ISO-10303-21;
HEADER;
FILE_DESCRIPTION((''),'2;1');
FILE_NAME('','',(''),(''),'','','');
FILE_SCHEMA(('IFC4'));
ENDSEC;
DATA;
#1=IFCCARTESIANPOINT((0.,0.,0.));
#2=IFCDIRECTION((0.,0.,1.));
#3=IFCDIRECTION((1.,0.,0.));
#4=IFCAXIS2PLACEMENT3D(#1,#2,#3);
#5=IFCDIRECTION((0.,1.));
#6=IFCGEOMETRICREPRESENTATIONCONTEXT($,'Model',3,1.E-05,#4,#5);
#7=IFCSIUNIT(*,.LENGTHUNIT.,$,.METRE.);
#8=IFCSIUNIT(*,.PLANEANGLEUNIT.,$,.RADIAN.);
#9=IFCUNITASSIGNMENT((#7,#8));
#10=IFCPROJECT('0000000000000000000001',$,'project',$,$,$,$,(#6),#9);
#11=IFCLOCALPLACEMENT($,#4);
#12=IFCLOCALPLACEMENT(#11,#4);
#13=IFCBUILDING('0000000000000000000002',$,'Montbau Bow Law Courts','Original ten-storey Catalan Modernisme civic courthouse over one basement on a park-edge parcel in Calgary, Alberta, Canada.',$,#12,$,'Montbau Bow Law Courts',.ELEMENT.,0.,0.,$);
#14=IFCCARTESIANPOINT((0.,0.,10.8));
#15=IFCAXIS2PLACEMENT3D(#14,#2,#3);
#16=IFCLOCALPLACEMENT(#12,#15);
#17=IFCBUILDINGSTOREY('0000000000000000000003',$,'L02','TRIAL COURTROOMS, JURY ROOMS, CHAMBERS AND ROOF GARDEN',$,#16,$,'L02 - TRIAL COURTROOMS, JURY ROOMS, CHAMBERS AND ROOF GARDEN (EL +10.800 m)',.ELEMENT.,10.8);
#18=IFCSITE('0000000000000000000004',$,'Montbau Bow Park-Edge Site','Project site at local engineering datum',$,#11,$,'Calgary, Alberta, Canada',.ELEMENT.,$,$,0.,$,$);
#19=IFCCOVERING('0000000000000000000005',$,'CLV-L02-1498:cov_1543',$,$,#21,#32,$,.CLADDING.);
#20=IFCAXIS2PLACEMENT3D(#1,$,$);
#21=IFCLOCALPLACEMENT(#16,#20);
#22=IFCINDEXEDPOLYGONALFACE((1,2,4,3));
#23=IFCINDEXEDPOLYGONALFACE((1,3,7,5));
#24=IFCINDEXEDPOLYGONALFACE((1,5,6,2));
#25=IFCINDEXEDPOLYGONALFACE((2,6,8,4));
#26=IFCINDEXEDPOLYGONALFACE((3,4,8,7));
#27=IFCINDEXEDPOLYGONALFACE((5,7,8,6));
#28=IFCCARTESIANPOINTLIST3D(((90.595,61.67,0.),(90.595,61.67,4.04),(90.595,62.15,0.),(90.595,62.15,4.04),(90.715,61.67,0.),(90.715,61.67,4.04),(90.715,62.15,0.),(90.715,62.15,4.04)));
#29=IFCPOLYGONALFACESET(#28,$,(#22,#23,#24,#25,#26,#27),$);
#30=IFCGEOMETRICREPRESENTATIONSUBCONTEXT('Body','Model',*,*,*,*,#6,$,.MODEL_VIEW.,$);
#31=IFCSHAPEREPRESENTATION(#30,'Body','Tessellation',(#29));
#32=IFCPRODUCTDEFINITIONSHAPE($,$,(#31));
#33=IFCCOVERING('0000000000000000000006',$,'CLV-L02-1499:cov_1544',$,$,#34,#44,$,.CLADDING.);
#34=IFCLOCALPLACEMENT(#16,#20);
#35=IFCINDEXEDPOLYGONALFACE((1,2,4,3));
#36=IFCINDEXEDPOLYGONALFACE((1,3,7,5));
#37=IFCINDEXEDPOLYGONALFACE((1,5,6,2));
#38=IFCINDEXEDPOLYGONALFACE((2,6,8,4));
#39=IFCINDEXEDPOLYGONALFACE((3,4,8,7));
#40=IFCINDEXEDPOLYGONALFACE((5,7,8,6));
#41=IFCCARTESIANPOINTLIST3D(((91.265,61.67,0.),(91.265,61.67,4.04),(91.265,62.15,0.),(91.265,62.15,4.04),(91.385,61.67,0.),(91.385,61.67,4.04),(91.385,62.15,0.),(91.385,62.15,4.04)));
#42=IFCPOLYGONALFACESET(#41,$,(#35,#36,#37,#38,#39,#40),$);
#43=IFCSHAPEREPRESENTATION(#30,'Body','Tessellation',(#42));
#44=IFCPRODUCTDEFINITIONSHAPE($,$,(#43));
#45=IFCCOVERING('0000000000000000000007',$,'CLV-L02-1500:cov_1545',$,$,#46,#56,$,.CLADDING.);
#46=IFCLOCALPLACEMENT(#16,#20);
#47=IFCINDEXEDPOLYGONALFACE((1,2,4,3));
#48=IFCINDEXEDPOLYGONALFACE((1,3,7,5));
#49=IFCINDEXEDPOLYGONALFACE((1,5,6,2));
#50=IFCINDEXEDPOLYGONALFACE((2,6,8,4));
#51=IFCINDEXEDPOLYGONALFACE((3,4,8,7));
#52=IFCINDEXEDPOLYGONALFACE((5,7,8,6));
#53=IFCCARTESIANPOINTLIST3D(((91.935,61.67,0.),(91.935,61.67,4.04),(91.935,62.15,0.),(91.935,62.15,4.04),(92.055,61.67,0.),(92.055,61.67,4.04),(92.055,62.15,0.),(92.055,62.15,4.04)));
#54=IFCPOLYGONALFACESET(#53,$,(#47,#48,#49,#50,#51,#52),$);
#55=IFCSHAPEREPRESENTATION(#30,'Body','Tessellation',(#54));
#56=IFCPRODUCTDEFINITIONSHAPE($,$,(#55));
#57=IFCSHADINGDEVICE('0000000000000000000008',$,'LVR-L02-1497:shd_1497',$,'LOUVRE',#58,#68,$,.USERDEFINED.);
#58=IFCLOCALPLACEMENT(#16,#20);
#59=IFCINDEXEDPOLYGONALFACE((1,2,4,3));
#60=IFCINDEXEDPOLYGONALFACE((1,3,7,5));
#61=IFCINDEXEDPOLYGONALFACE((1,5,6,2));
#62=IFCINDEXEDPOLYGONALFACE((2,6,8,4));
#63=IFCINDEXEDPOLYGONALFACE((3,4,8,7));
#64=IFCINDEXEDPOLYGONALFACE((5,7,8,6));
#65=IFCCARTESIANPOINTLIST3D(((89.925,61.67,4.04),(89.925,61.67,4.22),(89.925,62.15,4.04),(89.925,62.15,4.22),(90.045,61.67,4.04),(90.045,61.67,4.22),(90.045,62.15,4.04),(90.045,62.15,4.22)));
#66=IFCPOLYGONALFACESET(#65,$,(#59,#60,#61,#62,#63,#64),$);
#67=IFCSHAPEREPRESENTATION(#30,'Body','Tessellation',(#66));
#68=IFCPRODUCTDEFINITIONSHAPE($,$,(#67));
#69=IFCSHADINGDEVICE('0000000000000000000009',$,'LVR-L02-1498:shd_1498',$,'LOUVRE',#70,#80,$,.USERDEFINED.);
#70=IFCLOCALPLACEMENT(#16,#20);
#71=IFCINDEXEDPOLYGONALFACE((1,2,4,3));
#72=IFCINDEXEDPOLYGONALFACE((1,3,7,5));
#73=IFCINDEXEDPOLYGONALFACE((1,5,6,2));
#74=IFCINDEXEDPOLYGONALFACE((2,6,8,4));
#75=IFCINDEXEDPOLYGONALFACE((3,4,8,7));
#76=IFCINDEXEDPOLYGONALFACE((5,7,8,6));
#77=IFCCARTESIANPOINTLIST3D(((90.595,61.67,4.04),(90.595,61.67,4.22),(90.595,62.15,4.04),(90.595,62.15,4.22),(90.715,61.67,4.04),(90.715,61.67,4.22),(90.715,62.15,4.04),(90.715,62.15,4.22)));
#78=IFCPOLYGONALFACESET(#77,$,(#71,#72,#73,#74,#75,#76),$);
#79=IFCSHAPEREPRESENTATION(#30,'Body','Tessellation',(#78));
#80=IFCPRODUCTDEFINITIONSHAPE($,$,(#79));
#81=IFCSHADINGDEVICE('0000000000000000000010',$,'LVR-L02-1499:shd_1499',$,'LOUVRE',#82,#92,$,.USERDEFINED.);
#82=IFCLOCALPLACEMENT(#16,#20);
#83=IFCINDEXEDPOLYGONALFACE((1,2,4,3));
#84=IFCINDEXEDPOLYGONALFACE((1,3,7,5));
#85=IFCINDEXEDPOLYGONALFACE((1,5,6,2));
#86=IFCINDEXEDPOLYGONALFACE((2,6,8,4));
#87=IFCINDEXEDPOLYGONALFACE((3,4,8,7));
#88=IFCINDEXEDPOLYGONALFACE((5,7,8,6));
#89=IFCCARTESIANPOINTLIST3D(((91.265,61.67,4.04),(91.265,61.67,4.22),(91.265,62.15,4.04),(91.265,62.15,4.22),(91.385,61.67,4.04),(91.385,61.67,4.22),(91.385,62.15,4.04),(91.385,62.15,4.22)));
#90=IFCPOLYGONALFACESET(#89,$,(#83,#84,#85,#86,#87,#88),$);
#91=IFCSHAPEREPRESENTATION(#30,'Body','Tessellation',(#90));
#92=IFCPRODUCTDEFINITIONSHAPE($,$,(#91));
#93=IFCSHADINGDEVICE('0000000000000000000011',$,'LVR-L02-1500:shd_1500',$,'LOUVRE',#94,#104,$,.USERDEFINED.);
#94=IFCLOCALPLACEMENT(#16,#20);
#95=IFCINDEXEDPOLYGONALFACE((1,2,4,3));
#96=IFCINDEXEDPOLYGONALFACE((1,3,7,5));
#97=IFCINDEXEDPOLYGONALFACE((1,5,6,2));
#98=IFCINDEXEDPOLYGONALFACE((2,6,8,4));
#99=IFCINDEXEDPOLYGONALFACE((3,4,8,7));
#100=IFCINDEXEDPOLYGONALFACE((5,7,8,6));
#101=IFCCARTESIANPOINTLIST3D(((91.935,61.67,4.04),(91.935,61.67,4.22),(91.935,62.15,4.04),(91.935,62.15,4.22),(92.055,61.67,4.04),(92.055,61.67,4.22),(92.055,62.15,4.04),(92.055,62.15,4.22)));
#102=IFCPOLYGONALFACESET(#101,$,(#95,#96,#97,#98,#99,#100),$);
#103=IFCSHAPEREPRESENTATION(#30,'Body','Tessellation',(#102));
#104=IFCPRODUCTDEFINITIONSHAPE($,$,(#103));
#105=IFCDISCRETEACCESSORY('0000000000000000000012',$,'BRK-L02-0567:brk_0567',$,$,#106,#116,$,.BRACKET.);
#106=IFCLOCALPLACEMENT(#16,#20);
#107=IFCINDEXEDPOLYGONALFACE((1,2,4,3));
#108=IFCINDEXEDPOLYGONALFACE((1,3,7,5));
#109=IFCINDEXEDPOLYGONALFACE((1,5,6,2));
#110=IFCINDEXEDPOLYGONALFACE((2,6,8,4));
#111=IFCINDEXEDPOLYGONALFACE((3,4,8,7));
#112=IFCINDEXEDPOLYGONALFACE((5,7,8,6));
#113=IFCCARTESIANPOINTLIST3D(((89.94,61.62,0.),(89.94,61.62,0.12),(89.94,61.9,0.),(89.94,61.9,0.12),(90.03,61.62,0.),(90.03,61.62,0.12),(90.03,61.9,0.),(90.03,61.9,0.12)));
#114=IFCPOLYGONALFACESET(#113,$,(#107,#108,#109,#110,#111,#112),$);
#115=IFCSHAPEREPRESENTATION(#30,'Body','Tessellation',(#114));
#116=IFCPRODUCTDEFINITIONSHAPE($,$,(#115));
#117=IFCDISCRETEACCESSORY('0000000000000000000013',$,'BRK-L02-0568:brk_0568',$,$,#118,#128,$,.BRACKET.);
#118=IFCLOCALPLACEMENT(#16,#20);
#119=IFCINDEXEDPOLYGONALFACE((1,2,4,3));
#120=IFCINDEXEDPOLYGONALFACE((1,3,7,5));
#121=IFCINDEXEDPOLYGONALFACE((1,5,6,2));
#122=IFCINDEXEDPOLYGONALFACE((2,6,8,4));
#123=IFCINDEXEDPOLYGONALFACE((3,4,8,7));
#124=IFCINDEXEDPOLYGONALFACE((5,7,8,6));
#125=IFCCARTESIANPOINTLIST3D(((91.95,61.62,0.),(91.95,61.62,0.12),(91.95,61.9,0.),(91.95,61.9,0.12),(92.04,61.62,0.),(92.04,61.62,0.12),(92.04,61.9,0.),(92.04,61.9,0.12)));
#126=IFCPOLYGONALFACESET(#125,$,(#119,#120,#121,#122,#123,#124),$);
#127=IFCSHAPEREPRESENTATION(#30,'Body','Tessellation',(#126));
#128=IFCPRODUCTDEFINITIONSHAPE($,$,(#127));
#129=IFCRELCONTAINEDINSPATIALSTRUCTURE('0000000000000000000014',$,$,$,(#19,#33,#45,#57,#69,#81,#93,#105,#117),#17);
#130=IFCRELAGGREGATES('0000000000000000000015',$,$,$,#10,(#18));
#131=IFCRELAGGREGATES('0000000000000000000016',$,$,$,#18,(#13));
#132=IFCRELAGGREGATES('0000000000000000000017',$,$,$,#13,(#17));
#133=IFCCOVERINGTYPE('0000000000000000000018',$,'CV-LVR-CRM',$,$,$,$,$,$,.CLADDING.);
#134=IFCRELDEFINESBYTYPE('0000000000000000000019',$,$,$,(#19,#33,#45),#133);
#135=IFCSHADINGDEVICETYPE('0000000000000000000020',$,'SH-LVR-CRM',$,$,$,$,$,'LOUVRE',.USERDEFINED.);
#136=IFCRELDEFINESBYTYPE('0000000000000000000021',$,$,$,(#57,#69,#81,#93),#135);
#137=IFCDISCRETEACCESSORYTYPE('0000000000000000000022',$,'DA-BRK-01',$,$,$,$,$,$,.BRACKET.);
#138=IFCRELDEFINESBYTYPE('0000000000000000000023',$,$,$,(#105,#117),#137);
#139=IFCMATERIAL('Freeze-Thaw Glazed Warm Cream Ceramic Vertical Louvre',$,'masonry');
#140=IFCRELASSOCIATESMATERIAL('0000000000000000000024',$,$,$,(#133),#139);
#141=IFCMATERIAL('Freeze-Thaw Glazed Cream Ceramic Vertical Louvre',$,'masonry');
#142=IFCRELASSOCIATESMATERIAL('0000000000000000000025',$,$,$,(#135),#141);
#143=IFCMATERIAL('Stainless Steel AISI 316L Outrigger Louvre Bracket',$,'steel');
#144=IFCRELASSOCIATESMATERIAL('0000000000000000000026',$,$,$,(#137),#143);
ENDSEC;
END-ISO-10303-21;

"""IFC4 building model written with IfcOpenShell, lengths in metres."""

from ifc_helpers import new_model, si_unit, direction, frame, frame_2d, origin_with_axes, origin_2d_with_axis, place, context, subcontext, project, spatial, rectangle, extrude, material, type_object, element, save


model = new_model("IFC4")

# Units and contexts
model_context = context("Model", 3, precision=1e-05, world=origin_with_axes(), true_north=direction((0.0, 1.0)))
body_context = subcontext(model_context, "Body", "Model", "MODEL_VIEW")
ifc_project = project(units=[si_unit("LENGTHUNIT", "METRE"), si_unit("PLANEANGLEUNIT", "RADIAN")], contexts=[model_context])

# Site, building, storey
site_placement = place(None, origin_with_axes())
site = spatial("IfcSite", under=ifc_project, at=site_placement, Name="Montbau Bow Park-Edge Site", Description="Project site at local engineering datum", LongName="Calgary, Alberta, Canada", CompositionType="ELEMENT", RefElevation=0.0)
building_placement = place(site_placement, origin_with_axes())
building = spatial("IfcBuilding", under=site, at=building_placement, Name="Montbau Bow Law Courts", Description="Original ten-storey Catalan Modernisme civic courthouse over one basement on a park-edge parcel in Calgary, Alberta, Canada.", LongName="Montbau Bow Law Courts", CompositionType="ELEMENT", ElevationOfRefHeight=0.0, ElevationOfTerrain=0.0)
storey_placement = place(building_placement, frame((0.0, 0.0, 10.8), z_axis=(0.0, 0.0, 1.0), x_axis=(1.0, 0.0, 0.0)))
storey = spatial("IfcBuildingStorey", under=building, at=storey_placement, Name="L02", Description="TRIAL COURTROOMS, JURY ROOMS, CHAMBERS AND ROOF GARDEN", LongName="L02 - TRIAL COURTROOMS, JURY ROOMS, CHAMBERS AND ROOF GARDEN (EL +10.800 m)", CompositionType="ELEMENT", Elevation=10.8)

# Coverings
ifc_material_1 = material(Name="Freeze-Thaw Glazed Warm Cream Ceramic Vertical Louvre", Category="masonry")
covering_type = type_object("IfcCoveringType", Name="CV-LVR-CRM", PredefinedType="CLADDING", material=ifc_material_1)
for number, where, z_axis, x_axis, name in (
    (1, (90.655, 61.67, 10.8), (1.0, 0.0, 0.0), (0.0, 1.0, 0.0), "CLV-L02-1498:cov_1543"),
    (2, (91.325, 61.67, 10.8), (1.0, 0.0, 0.0), (0.0, 1.0, 0.0), "CLV-L02-1499:cov_1544"),
    (3, (91.995, 61.67, 10.8), (1.0, 0.0, 0.0), (0.0, 1.0, 0.0), "CLV-L02-1500:cov_1545"),
):
    element("IfcCovering", number, at=place(None, frame(where, z_axis=z_axis, x_axis=x_axis)), inside=storey, type_object=covering_type, Name=name, PredefinedType="CLADDING", context=body_context, shape_type="SweptSolid", body=[
        extrude(rectangle(XDim=0.48, YDim=4.04, at=frame_2d((0.24, 2.02), x_axis=(1.0, 0.0))), frame((0.0, 0.0, -0.06), z_axis=(0.0, 0.0, 1.0), x_axis=(1.0, 0.0, 0.0)), (0.0, 0.0, 1.0), 0.12),
    ])

# Shading devices
ifc_material_2 = material(Name="Freeze-Thaw Glazed Cream Ceramic Vertical Louvre", Category="masonry")
shading_device_type = type_object("IfcShadingDeviceType", Name="SH-LVR-CRM", ElementType="LOUVRE", PredefinedType="USERDEFINED", material=ifc_material_2)
for number, where, z_axis, x_axis, name in (
    (4, (89.985, 61.91, 14.84), (0.0, 0.0, 1.0), (0.0, 1.0, 0.0), "LVR-L02-1497:shd_1497"),
    (5, (90.655, 61.91, 14.84), (0.0, 0.0, 1.0), (0.0, 1.0, 0.0), "LVR-L02-1498:shd_1498"),
    (6, (91.325, 61.91, 14.84), (0.0, 0.0, 1.0), (0.0, 1.0, 0.0), "LVR-L02-1499:shd_1499"),
    (7, (91.995, 61.91, 14.84), (0.0, 0.0, 1.0), (0.0, 1.0, 0.0), "LVR-L02-1500:shd_1500"),
):
    element("IfcShadingDevice", number, at=place(None, frame(where, z_axis=z_axis, x_axis=x_axis)), inside=storey, type_object=shading_device_type, Name=name, ObjectType="LOUVRE", PredefinedType="USERDEFINED", context=body_context, shape_type="SweptSolid", body=[
        extrude(rectangle(XDim=0.48, YDim=0.12, at=origin_2d_with_axis()), origin_with_axes(), (0.0, 0.0, 1.0), 0.18),
    ])

# Discrete accessories
ifc_material_3 = material(Name="Stainless Steel AISI 316L Outrigger Louvre Bracket", Category="steel")
discrete_accessory_type = type_object("IfcDiscreteAccessoryType", Name="DA-BRK-01", PredefinedType="BRACKET", material=ifc_material_3)
for number, where, z_axis, x_axis, name in (
    (8, (89.985, 61.76, 10.8), (0.0, 0.0, 1.0), (0.0, 1.0, 0.0), "BRK-L02-0567:brk_0567"),
    (9, (91.995, 61.76, 10.8), (0.0, 0.0, 1.0), (0.0, 1.0, 0.0), "BRK-L02-0568:brk_0568"),
):
    element("IfcDiscreteAccessory", number, at=place(None, frame(where, z_axis=z_axis, x_axis=x_axis)), inside=storey, type_object=discrete_accessory_type, Name=name, PredefinedType="BRACKET", context=body_context, shape_type="SweptSolid", body=[
        extrude(rectangle(XDim=0.28, YDim=0.09, at=origin_2d_with_axis()), origin_with_axes(), (0.0, 0.0, 1.0), 0.12),
    ])

save(model, "model.ifc")
